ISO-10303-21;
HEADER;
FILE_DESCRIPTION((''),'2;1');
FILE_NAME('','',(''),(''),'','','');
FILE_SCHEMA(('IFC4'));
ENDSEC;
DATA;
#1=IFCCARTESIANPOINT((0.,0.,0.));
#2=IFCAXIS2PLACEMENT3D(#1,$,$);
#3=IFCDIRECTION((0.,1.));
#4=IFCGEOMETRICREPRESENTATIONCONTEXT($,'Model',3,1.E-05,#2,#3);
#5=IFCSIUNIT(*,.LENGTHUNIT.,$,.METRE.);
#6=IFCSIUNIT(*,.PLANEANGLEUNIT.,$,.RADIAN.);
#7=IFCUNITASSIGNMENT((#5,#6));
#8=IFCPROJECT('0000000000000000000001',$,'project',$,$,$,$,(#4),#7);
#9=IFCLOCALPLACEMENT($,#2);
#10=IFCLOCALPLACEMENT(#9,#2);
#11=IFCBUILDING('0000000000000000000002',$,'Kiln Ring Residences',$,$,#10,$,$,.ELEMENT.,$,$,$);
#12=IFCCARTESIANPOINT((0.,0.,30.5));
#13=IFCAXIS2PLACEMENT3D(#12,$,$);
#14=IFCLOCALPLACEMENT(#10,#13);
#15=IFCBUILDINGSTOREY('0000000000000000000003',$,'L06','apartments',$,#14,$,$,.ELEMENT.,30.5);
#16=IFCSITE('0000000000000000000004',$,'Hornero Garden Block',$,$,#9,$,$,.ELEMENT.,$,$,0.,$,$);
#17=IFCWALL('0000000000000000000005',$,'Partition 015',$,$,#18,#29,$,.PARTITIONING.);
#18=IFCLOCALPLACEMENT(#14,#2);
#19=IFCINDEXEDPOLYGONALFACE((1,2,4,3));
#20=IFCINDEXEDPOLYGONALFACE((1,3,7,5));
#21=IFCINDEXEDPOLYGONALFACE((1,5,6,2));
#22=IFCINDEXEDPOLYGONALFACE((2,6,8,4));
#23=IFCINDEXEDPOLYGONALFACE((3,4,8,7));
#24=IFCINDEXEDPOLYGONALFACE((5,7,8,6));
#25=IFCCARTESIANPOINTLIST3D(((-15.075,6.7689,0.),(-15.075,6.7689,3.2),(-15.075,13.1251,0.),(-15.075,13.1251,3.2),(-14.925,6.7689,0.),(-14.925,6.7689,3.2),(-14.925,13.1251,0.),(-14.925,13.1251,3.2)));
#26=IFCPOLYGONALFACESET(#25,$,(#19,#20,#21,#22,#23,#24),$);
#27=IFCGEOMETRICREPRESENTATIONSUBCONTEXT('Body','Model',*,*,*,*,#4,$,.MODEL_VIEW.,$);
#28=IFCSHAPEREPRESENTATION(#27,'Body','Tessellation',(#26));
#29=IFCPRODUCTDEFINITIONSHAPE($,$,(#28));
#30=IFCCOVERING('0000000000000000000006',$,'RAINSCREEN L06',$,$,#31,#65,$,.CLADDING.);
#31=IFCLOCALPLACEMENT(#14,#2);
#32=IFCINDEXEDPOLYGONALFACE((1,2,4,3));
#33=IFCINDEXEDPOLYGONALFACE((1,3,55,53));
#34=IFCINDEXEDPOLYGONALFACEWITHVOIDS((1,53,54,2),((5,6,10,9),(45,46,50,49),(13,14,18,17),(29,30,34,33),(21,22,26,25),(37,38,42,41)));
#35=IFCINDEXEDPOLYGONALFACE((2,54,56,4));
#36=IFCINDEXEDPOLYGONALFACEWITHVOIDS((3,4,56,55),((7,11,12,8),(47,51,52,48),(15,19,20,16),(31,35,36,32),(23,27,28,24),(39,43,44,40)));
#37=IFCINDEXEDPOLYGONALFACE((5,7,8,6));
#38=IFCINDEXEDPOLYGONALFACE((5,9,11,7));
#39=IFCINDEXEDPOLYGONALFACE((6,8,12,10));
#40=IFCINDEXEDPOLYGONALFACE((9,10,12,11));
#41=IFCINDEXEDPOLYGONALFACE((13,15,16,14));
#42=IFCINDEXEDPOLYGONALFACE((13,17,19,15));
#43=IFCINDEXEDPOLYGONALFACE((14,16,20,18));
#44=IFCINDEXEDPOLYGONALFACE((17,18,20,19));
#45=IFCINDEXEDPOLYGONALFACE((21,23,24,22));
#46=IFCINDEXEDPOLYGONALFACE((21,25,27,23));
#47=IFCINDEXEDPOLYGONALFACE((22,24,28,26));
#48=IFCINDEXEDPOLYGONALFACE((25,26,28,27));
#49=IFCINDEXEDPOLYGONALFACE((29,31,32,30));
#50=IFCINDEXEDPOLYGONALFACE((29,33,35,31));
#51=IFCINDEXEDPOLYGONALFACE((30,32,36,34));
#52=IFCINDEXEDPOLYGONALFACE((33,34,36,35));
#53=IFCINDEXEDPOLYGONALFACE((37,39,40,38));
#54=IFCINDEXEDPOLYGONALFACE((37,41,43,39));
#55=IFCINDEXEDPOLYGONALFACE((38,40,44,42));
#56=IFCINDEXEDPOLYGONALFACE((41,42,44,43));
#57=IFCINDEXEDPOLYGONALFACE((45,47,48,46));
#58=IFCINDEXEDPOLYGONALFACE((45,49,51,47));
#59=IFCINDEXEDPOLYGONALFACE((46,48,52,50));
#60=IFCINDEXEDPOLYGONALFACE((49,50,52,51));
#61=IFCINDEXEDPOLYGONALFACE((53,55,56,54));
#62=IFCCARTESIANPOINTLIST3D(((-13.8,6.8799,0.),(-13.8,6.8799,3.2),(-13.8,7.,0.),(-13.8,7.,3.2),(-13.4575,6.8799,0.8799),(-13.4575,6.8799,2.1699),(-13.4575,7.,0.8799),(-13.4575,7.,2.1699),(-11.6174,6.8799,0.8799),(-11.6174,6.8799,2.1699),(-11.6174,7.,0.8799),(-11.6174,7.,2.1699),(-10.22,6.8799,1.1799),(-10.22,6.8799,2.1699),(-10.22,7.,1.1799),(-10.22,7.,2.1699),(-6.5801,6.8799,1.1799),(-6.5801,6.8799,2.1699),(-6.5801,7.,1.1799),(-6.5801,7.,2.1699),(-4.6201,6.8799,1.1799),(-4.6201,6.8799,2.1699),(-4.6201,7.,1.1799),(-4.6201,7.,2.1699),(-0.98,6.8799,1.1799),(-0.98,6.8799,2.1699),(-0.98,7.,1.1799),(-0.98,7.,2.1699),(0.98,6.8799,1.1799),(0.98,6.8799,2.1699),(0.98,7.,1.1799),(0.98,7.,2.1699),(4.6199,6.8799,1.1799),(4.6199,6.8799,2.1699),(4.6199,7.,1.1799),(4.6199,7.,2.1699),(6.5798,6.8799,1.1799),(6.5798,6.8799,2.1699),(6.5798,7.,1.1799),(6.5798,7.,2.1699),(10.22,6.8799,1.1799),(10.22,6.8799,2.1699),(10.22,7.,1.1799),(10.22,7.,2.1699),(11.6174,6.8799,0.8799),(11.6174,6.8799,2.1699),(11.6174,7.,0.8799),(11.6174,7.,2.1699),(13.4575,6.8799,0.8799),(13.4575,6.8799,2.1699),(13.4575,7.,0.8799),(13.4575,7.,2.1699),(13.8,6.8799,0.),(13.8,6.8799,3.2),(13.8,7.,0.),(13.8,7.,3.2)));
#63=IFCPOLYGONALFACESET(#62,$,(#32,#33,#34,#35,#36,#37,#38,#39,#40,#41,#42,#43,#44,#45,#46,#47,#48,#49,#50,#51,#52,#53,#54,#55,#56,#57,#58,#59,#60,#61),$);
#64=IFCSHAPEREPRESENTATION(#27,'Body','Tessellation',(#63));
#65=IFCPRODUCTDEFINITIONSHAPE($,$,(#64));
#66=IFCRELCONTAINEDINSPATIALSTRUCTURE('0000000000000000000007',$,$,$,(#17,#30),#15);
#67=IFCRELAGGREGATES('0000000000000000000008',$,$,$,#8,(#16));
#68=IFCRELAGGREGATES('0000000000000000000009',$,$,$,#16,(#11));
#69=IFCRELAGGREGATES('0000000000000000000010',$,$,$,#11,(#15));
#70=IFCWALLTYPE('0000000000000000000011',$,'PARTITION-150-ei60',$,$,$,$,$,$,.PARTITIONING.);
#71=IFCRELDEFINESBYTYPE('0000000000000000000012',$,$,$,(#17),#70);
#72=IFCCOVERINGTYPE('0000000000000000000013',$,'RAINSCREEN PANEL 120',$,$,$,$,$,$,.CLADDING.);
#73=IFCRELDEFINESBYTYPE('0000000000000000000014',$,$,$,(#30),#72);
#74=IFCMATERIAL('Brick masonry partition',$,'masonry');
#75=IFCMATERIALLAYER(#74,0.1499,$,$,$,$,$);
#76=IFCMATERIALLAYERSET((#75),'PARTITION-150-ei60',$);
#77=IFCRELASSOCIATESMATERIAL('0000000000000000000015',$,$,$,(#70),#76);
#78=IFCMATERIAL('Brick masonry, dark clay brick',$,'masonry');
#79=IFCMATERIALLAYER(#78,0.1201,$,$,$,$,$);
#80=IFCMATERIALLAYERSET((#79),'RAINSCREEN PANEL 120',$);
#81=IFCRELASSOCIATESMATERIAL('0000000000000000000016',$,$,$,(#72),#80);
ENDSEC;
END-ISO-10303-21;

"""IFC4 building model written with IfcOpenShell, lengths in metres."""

from ifc_helpers import new_model, si_unit, direction, frame, frame_2d, origin, place, context, subcontext, project, spatial, polyline, rectangle, outline, extrude, material, layer, layer_set, type_object, element, save


model = new_model("IFC4")

# Units and contexts
model_context = context("Model", 3, precision=1e-05, world=origin(), true_north=direction((0.0, 1.0)))
body_context = subcontext(model_context, "Body", "Model", "MODEL_VIEW")
ifc_project = project(units=[si_unit("LENGTHUNIT", "METRE"), si_unit("PLANEANGLEUNIT", "RADIAN")], contexts=[model_context])

# Site, building, storey
site_placement = place(None, origin())
site = spatial("IfcSite", under=ifc_project, at=site_placement, Name="Hornero Garden Block", CompositionType="ELEMENT", RefElevation=0.0)
building_placement = place(site_placement, origin())
building = spatial("IfcBuilding", under=site, at=building_placement, Name="Kiln Ring Residences", CompositionType="ELEMENT")
storey_placement = place(building_placement, frame((0.0, 0.0, 30.5)))
storey = spatial("IfcBuildingStorey", under=building, at=storey_placement, Name="L06", Description="apartments", CompositionType="ELEMENT", Elevation=30.5)

# Shared definitions
ifc_material_1 = material(Name="Brick masonry partition", Category="masonry")
ifc_layer_1 = layer(ifc_material_1, 0.1499)
ifc_layer_set_1 = layer_set([ifc_layer_1], Name="PARTITION-150-ei60")
wall_type_1 = type_object("IfcWallType", Name="PARTITION-150-ei60", PredefinedType="PARTITIONING", material=ifc_layer_set_1)

# Wall
wall_1_placement = place(storey_placement, frame((-15.0, 6.7688, 0.0), z_axis=(0.0, 0.0, 1.0), x_axis=(0.0, 1.0, 0.0)))
element("IfcWall", 1, at=wall_1_placement, inside=storey, type_object=wall_type_1, Name="Partition 015", PredefinedType="PARTITIONING", context=body_context, shape_type="SweptSolid", body=[
    extrude(rectangle(XDim=6.3562, YDim=0.1499, at=frame_2d((3.1782, 0.0))), origin(), (0.0, 0.0, 1.0), 3.2),
])

# Covering
ifc_material_2 = material(Name="Brick masonry, dark clay brick", Category="masonry")
ifc_layer_2 = layer(ifc_material_2, 0.1201)
ifc_layer_set_2 = layer_set([ifc_layer_2], Name="RAINSCREEN PANEL 120")
covering_type = type_object("IfcCoveringType", Name="RAINSCREEN PANEL 120", PredefinedType="CLADDING", material=ifc_layer_set_2)
covering_placement = place(storey_placement, frame((-13.8, 6.9399, 0.0), z_axis=(0.0, 0.0, 1.0), x_axis=(1.0, 0.0, 0.0)))
element("IfcCovering", 2, at=covering_placement, inside=storey, type_object=covering_type, Name="RAINSCREEN L06", PredefinedType="CLADDING", context=body_context, shape_type="SweptSolid", body=[
    extrude(outline(polyline([(0.0, 0.0), (27.6001, 0.0), (27.6001, 3.2), (0.0, 3.2), (0.0, 0.0)]), holes=[polyline([(2.1826, 0.8799), (2.1826, 2.1699), (0.3425, 2.1699), (0.3425, 0.8799), (2.1826, 0.8799)]), polyline([(25.4175, 0.8799), (27.2576, 0.8799), (27.2576, 2.1699), (25.4175, 2.1699), (25.4175, 0.8799)]), polyline([(3.5801, 1.1799), (7.22, 1.1799), (7.22, 2.1699), (3.5801, 2.1699), (3.5801, 1.1799)]), polyline([(12.8201, 1.1799), (12.8201, 2.1699), (9.1799, 2.1699), (9.1799, 1.1799), (12.8201, 1.1799)]), polyline([(14.78, 1.1799), (18.4199, 1.1799), (18.4199, 2.1699), (14.78, 2.1699), (14.78, 1.1799)]), polyline([(20.3799, 1.1799), (24.02, 1.1799), (24.02, 2.1699), (20.3799, 2.1699), (20.3799, 1.1799)])]), frame((0.0, 0.0601, 0.0), z_axis=(0.0, -1.0, 0.0), x_axis=(1.0, 0.0, 0.0)), (0.0, 0.0, 1.0), 0.1201),
])

save(model, "model.ifc")
